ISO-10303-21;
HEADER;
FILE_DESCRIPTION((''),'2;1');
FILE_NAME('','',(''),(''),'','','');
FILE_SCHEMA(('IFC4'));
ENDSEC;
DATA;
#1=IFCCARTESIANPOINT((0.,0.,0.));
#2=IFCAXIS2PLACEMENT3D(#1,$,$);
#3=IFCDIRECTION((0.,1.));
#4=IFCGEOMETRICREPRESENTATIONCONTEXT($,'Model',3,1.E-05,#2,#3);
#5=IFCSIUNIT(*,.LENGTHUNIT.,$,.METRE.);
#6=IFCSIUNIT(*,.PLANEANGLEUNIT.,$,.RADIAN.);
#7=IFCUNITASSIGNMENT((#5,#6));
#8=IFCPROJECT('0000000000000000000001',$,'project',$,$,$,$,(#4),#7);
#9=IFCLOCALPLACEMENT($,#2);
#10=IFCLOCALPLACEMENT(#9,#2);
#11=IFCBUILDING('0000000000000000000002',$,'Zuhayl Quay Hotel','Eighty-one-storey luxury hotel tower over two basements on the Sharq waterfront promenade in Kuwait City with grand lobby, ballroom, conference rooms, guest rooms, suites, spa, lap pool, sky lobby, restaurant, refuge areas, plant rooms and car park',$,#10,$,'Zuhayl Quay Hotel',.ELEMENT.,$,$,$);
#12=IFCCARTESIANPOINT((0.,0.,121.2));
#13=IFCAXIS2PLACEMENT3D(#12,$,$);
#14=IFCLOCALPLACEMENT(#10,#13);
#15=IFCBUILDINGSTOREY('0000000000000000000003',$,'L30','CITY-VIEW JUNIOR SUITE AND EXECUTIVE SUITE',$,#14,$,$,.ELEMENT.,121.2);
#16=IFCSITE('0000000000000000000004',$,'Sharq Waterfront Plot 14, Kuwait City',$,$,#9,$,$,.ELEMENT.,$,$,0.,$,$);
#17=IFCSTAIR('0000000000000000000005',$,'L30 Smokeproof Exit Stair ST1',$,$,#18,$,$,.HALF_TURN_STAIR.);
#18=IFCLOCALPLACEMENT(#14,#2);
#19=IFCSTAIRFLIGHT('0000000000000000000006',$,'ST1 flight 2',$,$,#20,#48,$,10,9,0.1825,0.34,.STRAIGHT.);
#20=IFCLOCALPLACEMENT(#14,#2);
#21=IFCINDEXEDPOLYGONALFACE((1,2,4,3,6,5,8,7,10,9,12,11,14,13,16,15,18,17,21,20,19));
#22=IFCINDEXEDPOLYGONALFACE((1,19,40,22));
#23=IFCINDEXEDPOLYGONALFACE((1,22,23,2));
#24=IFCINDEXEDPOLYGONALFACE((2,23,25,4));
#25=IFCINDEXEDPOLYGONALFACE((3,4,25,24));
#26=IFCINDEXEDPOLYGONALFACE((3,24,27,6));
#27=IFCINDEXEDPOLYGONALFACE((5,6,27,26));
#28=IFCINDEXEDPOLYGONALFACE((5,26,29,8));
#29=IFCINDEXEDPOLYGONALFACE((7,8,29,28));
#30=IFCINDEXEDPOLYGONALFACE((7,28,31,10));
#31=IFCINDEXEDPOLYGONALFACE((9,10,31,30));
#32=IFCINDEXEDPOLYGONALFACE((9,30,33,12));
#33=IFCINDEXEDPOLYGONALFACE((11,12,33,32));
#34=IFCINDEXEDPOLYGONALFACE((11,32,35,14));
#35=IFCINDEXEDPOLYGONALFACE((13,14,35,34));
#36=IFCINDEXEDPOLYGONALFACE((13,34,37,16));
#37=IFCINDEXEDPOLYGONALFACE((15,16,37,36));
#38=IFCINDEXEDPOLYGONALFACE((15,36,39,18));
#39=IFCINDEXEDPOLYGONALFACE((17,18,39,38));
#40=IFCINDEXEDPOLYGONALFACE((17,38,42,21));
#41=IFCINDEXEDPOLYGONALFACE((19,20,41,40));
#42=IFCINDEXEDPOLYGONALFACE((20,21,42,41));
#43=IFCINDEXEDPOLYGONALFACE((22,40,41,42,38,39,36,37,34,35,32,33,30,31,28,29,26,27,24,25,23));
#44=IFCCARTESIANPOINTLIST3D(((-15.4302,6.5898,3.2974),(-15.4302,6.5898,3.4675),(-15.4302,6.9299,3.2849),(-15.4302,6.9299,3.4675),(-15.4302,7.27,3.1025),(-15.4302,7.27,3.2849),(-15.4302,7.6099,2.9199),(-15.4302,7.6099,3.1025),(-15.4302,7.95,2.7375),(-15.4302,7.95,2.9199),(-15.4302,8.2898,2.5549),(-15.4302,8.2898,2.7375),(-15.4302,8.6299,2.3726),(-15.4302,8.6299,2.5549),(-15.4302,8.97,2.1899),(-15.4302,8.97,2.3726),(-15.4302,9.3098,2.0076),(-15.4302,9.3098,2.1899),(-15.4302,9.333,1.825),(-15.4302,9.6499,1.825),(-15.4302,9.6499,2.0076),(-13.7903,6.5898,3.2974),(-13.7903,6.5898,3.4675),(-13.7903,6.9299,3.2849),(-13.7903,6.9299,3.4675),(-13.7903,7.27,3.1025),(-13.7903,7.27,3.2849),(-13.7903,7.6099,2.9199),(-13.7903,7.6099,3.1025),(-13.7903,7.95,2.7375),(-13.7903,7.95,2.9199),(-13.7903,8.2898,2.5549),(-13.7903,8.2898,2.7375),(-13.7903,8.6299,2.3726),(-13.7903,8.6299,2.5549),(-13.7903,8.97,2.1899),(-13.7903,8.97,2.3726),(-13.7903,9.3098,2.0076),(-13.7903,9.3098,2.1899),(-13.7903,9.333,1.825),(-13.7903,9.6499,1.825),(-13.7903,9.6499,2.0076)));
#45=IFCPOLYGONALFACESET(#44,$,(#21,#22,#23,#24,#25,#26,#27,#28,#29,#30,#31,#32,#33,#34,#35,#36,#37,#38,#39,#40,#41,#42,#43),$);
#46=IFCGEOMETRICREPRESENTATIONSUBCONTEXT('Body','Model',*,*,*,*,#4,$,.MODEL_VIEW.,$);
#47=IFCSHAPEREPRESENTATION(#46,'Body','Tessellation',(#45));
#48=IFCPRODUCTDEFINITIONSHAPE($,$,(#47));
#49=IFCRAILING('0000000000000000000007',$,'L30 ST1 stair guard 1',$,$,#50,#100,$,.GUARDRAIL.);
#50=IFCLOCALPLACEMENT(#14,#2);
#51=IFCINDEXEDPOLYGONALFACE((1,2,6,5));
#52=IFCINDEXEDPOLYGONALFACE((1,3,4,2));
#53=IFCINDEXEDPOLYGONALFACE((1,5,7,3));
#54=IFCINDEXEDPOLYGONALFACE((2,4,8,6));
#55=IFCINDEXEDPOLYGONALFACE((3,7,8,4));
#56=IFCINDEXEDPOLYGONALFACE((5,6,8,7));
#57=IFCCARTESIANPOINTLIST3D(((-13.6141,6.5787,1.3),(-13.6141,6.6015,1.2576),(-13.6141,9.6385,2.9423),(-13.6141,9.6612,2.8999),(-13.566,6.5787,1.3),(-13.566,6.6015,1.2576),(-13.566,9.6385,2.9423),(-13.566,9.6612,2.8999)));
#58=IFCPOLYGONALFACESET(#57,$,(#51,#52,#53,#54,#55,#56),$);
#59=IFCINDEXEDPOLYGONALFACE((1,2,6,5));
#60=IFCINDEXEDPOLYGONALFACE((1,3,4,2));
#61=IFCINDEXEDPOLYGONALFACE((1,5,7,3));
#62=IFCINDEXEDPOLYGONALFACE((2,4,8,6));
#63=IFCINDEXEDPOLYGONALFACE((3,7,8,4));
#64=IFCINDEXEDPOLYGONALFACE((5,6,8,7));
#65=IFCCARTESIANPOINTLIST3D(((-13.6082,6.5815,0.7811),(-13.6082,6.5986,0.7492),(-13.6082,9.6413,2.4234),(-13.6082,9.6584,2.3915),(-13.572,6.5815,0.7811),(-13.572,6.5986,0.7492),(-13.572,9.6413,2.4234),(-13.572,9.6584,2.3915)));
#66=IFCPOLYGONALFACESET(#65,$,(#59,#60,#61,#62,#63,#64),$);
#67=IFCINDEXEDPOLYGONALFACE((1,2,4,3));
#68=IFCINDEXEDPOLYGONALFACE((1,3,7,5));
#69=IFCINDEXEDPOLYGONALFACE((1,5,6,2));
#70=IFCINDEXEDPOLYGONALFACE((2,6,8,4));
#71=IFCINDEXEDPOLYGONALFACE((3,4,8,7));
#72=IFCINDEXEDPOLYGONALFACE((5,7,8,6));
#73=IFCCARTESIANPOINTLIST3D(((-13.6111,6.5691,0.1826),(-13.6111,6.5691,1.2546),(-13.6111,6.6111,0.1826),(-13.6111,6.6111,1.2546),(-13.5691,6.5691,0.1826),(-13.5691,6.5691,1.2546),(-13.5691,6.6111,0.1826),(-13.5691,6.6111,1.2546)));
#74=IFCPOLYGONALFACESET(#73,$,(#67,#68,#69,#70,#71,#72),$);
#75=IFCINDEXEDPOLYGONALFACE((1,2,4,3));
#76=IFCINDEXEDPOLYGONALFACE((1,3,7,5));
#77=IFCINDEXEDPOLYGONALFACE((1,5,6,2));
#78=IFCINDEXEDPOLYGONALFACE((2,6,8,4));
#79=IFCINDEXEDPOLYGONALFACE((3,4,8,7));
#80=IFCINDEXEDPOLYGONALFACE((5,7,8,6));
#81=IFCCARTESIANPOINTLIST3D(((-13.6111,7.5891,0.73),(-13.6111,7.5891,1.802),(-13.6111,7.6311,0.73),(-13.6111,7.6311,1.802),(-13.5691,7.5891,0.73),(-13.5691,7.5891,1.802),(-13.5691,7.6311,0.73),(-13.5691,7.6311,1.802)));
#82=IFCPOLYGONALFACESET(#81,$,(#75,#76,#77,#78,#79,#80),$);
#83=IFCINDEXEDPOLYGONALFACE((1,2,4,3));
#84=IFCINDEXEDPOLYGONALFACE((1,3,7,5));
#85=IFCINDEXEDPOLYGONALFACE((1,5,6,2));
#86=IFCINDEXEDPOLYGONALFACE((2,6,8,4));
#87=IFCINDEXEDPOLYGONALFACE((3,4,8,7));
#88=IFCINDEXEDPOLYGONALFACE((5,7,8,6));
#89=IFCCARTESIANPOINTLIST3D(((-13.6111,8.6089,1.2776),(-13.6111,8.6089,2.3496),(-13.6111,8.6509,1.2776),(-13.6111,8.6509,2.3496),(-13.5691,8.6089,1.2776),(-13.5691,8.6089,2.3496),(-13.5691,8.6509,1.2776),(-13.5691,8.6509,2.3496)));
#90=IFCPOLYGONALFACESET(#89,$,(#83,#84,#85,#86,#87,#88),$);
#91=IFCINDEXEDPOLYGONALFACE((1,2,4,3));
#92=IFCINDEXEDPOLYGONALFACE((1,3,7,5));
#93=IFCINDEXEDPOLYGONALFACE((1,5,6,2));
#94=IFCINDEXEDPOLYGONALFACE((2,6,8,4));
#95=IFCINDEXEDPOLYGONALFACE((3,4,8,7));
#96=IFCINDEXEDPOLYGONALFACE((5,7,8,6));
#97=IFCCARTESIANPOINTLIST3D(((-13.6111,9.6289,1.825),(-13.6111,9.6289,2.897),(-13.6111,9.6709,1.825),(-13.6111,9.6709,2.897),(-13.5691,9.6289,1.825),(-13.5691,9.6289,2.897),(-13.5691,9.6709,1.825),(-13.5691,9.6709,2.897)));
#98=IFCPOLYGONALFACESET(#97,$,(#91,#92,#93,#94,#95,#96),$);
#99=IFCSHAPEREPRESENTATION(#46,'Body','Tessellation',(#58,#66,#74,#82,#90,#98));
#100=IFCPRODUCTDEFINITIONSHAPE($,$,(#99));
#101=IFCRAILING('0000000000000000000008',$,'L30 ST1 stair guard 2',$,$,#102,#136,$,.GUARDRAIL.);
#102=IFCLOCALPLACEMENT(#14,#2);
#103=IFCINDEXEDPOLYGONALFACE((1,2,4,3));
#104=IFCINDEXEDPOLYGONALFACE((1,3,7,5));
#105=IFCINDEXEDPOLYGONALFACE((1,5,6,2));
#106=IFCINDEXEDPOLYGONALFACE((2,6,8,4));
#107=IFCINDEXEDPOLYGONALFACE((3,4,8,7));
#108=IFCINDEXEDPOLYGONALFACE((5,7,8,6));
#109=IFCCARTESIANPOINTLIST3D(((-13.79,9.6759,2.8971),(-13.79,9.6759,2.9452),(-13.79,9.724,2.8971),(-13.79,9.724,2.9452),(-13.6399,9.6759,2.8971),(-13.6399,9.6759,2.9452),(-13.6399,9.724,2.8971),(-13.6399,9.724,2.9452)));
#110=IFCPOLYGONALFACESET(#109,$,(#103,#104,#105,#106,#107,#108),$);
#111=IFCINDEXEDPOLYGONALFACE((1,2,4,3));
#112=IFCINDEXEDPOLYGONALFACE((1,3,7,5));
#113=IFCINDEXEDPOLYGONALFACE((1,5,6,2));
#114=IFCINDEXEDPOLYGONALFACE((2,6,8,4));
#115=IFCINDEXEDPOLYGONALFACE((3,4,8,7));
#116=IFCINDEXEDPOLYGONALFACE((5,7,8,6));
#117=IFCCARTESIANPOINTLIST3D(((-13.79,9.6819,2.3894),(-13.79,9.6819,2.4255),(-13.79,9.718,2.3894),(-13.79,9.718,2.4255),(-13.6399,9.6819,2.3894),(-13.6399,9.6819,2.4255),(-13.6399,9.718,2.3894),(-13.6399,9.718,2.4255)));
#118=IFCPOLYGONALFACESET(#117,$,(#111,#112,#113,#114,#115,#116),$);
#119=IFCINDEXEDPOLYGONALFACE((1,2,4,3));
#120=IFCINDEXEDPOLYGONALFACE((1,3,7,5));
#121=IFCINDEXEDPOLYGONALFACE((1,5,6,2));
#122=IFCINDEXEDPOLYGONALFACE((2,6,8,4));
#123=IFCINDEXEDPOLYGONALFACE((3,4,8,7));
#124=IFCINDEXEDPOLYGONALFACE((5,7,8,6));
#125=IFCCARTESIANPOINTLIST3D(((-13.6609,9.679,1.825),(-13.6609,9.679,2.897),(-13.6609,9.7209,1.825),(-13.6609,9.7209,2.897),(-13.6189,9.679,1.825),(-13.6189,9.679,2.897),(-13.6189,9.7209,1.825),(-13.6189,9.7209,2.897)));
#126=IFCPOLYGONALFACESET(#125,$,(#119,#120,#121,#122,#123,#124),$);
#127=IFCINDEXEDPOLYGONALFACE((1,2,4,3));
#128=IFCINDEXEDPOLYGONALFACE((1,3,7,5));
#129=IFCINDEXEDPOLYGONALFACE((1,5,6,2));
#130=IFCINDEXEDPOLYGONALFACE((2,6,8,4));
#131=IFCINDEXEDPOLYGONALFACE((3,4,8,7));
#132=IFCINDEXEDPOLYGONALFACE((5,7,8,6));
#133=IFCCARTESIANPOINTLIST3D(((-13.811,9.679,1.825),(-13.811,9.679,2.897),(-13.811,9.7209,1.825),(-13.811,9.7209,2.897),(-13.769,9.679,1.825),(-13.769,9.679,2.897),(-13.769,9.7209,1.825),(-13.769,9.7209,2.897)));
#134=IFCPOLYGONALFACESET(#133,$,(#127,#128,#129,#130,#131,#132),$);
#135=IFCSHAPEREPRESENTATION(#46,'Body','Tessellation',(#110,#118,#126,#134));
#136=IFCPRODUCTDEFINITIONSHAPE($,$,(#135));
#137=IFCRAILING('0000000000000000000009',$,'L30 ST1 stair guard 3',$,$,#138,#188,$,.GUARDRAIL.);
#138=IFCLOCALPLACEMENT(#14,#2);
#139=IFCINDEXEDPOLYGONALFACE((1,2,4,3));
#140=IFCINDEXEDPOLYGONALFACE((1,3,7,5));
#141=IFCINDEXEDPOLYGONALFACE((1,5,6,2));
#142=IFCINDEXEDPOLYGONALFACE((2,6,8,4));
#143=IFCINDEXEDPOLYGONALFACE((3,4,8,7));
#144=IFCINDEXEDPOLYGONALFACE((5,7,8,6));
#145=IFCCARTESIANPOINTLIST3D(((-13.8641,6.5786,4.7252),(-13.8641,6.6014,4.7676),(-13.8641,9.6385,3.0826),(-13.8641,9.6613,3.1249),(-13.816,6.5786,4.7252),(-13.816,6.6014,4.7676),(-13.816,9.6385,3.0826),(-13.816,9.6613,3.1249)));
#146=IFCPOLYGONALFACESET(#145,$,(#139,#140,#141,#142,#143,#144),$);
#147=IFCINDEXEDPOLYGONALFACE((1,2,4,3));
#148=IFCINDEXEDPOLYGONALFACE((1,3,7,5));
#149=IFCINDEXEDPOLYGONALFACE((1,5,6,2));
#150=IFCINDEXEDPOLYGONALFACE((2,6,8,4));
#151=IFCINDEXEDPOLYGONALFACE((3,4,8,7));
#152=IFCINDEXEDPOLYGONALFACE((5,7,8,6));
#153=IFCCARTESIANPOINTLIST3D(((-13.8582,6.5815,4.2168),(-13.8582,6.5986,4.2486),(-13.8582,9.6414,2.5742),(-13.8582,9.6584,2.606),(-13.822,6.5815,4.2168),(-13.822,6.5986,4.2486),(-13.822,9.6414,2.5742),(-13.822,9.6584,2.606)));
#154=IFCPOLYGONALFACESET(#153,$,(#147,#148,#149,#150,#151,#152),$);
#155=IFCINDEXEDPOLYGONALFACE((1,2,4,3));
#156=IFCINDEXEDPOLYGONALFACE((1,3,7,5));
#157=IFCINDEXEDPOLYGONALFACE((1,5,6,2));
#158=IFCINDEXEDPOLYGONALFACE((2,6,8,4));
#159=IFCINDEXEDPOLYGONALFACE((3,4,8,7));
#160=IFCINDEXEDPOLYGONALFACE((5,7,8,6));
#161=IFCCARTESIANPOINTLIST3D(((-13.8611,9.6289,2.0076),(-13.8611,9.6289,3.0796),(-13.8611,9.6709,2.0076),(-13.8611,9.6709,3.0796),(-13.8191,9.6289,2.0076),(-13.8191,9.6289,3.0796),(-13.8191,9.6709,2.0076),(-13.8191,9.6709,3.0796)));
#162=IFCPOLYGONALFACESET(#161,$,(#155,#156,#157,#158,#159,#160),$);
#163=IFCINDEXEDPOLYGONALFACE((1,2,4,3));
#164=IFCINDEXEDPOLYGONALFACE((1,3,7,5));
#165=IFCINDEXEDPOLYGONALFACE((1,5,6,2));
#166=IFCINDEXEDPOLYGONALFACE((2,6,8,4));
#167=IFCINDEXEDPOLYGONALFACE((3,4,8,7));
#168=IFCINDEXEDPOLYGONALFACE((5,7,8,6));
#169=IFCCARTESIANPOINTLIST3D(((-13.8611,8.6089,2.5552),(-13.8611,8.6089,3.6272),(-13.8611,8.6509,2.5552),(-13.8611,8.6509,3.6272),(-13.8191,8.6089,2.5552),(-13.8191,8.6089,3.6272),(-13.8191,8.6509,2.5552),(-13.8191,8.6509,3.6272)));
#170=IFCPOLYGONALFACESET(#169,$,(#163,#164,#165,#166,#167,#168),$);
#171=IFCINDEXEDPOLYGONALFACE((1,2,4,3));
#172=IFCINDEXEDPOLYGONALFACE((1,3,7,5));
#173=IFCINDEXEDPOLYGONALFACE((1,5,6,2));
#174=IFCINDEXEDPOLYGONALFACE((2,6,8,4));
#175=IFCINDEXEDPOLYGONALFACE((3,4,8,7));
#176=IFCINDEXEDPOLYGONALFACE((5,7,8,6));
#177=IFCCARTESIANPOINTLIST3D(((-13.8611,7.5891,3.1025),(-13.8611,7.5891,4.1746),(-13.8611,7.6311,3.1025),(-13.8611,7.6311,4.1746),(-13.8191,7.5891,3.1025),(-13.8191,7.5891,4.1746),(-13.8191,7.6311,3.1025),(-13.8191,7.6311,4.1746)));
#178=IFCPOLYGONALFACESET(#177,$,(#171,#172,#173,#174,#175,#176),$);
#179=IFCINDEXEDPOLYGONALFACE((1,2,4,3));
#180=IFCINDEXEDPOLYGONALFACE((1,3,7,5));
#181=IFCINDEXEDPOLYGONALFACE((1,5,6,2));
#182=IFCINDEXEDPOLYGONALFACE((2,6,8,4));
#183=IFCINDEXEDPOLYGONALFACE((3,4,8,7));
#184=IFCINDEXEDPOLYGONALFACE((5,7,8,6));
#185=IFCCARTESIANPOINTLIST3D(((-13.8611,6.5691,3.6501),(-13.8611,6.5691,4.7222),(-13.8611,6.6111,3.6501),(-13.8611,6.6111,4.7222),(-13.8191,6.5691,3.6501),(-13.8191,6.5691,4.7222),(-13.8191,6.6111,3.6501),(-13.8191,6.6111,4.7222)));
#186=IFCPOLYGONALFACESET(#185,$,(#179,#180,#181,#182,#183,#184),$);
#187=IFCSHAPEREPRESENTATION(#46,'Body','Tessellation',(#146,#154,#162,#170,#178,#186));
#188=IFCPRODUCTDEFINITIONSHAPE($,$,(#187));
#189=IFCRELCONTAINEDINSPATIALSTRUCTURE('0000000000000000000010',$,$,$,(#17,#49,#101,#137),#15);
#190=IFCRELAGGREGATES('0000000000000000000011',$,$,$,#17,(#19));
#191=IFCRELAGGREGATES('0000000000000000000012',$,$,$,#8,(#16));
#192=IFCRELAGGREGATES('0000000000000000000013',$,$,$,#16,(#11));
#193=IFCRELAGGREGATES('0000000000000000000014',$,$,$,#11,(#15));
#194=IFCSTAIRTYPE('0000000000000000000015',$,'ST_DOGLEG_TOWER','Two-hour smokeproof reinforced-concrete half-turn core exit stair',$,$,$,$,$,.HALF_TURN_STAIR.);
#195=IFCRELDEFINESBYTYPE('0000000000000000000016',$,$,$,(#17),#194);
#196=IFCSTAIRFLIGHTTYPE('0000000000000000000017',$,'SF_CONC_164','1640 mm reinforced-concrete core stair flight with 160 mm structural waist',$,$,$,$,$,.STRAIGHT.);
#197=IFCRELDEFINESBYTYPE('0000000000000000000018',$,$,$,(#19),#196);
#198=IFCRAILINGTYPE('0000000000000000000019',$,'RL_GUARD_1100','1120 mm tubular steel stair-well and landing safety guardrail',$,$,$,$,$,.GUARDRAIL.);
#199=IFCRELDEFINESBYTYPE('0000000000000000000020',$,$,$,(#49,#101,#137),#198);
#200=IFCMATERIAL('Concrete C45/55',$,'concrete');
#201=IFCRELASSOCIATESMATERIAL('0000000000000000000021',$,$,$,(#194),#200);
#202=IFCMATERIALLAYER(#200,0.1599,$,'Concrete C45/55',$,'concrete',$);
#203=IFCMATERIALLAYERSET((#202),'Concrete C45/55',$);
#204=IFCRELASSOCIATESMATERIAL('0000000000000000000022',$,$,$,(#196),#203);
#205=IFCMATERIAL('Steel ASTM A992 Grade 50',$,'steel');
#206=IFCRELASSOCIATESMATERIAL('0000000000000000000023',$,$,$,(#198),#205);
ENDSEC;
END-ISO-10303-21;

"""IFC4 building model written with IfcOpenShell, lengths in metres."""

from ifc_helpers import new_model, si_unit, direction, frame, origin, origin_2d, place, context, subcontext, project, spatial, polyline, rectangle, outline, extrude, material, layer, layer_set, type_object, element, aggregate, save


model = new_model("IFC4")

# Units and contexts
model_context = context("Model", 3, precision=1e-05, world=origin(), true_north=direction((0.0, 1.0)))
body_context = subcontext(model_context, "Body", "Model", "MODEL_VIEW")
ifc_project = project(units=[si_unit("LENGTHUNIT", "METRE"), si_unit("PLANEANGLEUNIT", "RADIAN")], contexts=[model_context])

# Site, building, storey
site_placement = place(None, origin())
site = spatial("IfcSite", under=ifc_project, at=site_placement, Name="Sharq Waterfront Plot 14, Kuwait City", CompositionType="ELEMENT", RefElevation=0.0)
building_placement = place(site_placement, origin())
building = spatial("IfcBuilding", under=site, at=building_placement, Name="Zuhayl Quay Hotel", Description="Eighty-one-storey luxury hotel tower over two basements on the Sharq waterfront promenade in Kuwait City with grand lobby, ballroom, conference rooms, guest rooms, suites, spa, lap pool, sky lobby, restaurant, refuge areas, plant rooms and car park", LongName="Zuhayl Quay Hotel", CompositionType="ELEMENT")
storey_placement = place(building_placement, frame((0.0, 0.0, 121.2)))
storey = spatial("IfcBuildingStorey", under=building, at=storey_placement, Name="L30", Description="CITY-VIEW JUNIOR SUITE AND EXECUTIVE SUITE", CompositionType="ELEMENT", Elevation=121.2)

# Shared definitions
ifc_material_1 = material(Name="Steel ASTM A992 Grade 50", Category="steel")

# Stair, stair flight
ifc_material_2 = material(Name="Concrete C45/55", Category="concrete")
stair_type = type_object("IfcStairType", Name="ST_DOGLEG_TOWER", Description="Two-hour smokeproof reinforced-concrete half-turn core exit stair", PredefinedType="HALF_TURN_STAIR", material=ifc_material_2)
stair_placement = place(storey_placement, origin())
stair = element("IfcStair", 1, at=stair_placement, inside=storey, type_object=stair_type, Name="L30 Smokeproof Exit Stair ST1", PredefinedType="HALF_TURN_STAIR")
ifc_layer_1 = layer(ifc_material_2, 0.1599, Name="Concrete C45/55", Category="concrete")
ifc_layer_set_1 = layer_set([ifc_layer_1], Name="Concrete C45/55")
stair_flight_type = type_object("IfcStairFlightType", Name="SF_CONC_164", Description="1640 mm reinforced-concrete core stair flight with 160 mm structural waist", PredefinedType="STRAIGHT", material=ifc_layer_set_1)
stair_flight_1_placement = place(storey_placement, frame((-14.6101, 9.6499, 1.825), z_axis=(0.0, 0.0, 1.0), x_axis=(0.0, -1.0, 0.0)))
stair_flight_1 = element("IfcStairFlight", 2, at=stair_flight_1_placement, type_object=stair_flight_type, Name="ST1 flight 2", NumberOfRisers=10, NumberOfTreads=9, PredefinedType="STRAIGHT", RiserHeight=0.1825, TreadLength=0.34, context=body_context, shape_type="SweptSolid", body=[
    extrude(outline(polyline([(0.0, 0.0), (0.0, 0.1826), (0.3401, 0.1826), (0.3401, 0.365), (0.6799, 0.365), (0.6799, 0.5476), (1.02, 0.5476), (1.02, 0.73), (1.3601, 0.73), (1.3601, 0.9126), (1.7, 0.9126), (1.7, 1.095), (2.04, 1.095), (2.04, 1.2776), (2.3799, 1.2776), (2.3799, 1.46), (2.72, 1.46), (2.72, 1.6426), (3.0601, 1.6426), (3.0601, 1.825), (3.0601, 1.4724), (0.3169, 0.0), (0.0, 0.0)])), frame((0.0, 0.8198, 0.0), z_axis=(0.0, -1.0, 0.0), x_axis=(1.0, 0.0, 0.0)), (0.0, 0.0, 1.0), 1.6399),
])
aggregate(stair, [stair_flight_1])

# Railings
railing_type_1 = type_object("IfcRailingType", Name="RL_GUARD_1100", Description="1120 mm tubular steel stair-well and landing safety guardrail", PredefinedType="GUARDRAIL", material=ifc_material_1)
railing_1_placement = place(storey_placement, frame((-13.5901, 6.5901, 0.1826)))
element("IfcRailing", 3, at=railing_1_placement, inside=storey, type_object=railing_type_1, Name="L30 ST1 stair guard 1", PredefinedType="GUARDRAIL", context=body_context, shape_type="SweptSolid", body=[
    extrude(rectangle(XDim=0.0481, YDim=0.0481, at=origin_2d()), frame((0.0, 0.0, 1.0962), z_axis=(0.0, 0.881102, 0.472926), x_axis=(-1.0, 0.0, 0.0)), (0.0, 0.0, 1.0), 3.4727),
    extrude(rectangle(XDim=0.0361, YDim=0.0361, at=origin_2d()), frame((0.0, 0.0, 0.5825), z_axis=(0.0, 0.881102, 0.472926), x_axis=(-1.0, 0.0, 0.0)), (0.0, 0.0, 1.0), 3.4727),
    extrude(rectangle(XDim=0.042, YDim=0.042, at=origin_2d()), origin(), (0.0, 0.0, 1.0), 1.072),
    extrude(rectangle(XDim=0.042, YDim=0.042, at=origin_2d()), frame((0.0, 1.02, 0.5474)), (0.0, 0.0, 1.0), 1.072),
    extrude(rectangle(XDim=0.042, YDim=0.042, at=origin_2d()), frame((0.0, 2.0398, 1.095)), (0.0, 0.0, 1.0), 1.072),
    extrude(rectangle(XDim=0.042, YDim=0.042, at=origin_2d()), frame((0.0, 3.0598, 1.6423)), (0.0, 0.0, 1.0), 1.072),
])
railing_2_placement = place(storey_placement, frame((-13.6399, 9.7, 1.825)))
element("IfcRailing", 4, at=railing_2_placement, inside=storey, type_object=railing_type_1, Name="L30 ST1 stair guard 2", PredefinedType="GUARDRAIL", context=body_context, shape_type="SweptSolid", body=[
    extrude(rectangle(XDim=0.0481, YDim=0.0481, at=origin_2d()), frame((0.0, 0.0, 1.0962), z_axis=(-1.0, 0.0, 0.0), x_axis=(0.0, -1.0, 0.0)), (0.0, 0.0, 1.0), 0.1501),
    extrude(rectangle(XDim=0.0361, YDim=0.0361, at=origin_2d()), frame((0.0, 0.0, 0.5825), z_axis=(-1.0, 0.0, 0.0), x_axis=(0.0, -1.0, 0.0)), (0.0, 0.0, 1.0), 0.1501),
    extrude(rectangle(XDim=0.042, YDim=0.042, at=origin_2d()), origin(), (0.0, 0.0, 1.0), 1.072),
    extrude(rectangle(XDim=0.042, YDim=0.042, at=origin_2d()), frame((-0.1501, 0.0, 0.0)), (0.0, 0.0, 1.0), 1.072),
])
railing_3_placement = place(storey_placement, frame((-13.8401, 9.6499, 2.0076)))
element("IfcRailing", 5, at=railing_3_placement, inside=storey, type_object=railing_type_1, Name="L30 ST1 stair guard 3", PredefinedType="GUARDRAIL", context=body_context, shape_type="SweptSolid", body=[
    extrude(rectangle(XDim=0.0481, YDim=0.0481, at=origin_2d()), frame((0.0, 0.0, 1.0962), z_axis=(0.0, -0.881073, 0.47298), x_axis=(1.0, 0.0, 0.0)), (0.0, 0.0, 1.0), 3.4729),
    extrude(rectangle(XDim=0.0361, YDim=0.0361, at=origin_2d()), frame((0.0, 0.0, 0.5825), z_axis=(0.0, -0.881073, 0.47298), x_axis=(1.0, 0.0, 0.0)), (0.0, 0.0, 1.0), 3.4729),
    extrude(rectangle(XDim=0.042, YDim=0.042, at=origin_2d()), origin(), (0.0, 0.0, 1.0), 1.072),
    extrude(rectangle(XDim=0.042, YDim=0.042, at=origin_2d()), frame((0.0, -1.02, 0.5476)), (0.0, 0.0, 1.0), 1.072),
    extrude(rectangle(XDim=0.042, YDim=0.042, at=origin_2d()), frame((0.0, -2.0398, 1.095)), (0.0, 0.0, 1.0), 1.072),
    extrude(rectangle(XDim=0.042, YDim=0.042, at=origin_2d()), frame((0.0, -3.0598, 1.6426)), (0.0, 0.0, 1.0), 1.072),
])

save(model, "model.ifc")
